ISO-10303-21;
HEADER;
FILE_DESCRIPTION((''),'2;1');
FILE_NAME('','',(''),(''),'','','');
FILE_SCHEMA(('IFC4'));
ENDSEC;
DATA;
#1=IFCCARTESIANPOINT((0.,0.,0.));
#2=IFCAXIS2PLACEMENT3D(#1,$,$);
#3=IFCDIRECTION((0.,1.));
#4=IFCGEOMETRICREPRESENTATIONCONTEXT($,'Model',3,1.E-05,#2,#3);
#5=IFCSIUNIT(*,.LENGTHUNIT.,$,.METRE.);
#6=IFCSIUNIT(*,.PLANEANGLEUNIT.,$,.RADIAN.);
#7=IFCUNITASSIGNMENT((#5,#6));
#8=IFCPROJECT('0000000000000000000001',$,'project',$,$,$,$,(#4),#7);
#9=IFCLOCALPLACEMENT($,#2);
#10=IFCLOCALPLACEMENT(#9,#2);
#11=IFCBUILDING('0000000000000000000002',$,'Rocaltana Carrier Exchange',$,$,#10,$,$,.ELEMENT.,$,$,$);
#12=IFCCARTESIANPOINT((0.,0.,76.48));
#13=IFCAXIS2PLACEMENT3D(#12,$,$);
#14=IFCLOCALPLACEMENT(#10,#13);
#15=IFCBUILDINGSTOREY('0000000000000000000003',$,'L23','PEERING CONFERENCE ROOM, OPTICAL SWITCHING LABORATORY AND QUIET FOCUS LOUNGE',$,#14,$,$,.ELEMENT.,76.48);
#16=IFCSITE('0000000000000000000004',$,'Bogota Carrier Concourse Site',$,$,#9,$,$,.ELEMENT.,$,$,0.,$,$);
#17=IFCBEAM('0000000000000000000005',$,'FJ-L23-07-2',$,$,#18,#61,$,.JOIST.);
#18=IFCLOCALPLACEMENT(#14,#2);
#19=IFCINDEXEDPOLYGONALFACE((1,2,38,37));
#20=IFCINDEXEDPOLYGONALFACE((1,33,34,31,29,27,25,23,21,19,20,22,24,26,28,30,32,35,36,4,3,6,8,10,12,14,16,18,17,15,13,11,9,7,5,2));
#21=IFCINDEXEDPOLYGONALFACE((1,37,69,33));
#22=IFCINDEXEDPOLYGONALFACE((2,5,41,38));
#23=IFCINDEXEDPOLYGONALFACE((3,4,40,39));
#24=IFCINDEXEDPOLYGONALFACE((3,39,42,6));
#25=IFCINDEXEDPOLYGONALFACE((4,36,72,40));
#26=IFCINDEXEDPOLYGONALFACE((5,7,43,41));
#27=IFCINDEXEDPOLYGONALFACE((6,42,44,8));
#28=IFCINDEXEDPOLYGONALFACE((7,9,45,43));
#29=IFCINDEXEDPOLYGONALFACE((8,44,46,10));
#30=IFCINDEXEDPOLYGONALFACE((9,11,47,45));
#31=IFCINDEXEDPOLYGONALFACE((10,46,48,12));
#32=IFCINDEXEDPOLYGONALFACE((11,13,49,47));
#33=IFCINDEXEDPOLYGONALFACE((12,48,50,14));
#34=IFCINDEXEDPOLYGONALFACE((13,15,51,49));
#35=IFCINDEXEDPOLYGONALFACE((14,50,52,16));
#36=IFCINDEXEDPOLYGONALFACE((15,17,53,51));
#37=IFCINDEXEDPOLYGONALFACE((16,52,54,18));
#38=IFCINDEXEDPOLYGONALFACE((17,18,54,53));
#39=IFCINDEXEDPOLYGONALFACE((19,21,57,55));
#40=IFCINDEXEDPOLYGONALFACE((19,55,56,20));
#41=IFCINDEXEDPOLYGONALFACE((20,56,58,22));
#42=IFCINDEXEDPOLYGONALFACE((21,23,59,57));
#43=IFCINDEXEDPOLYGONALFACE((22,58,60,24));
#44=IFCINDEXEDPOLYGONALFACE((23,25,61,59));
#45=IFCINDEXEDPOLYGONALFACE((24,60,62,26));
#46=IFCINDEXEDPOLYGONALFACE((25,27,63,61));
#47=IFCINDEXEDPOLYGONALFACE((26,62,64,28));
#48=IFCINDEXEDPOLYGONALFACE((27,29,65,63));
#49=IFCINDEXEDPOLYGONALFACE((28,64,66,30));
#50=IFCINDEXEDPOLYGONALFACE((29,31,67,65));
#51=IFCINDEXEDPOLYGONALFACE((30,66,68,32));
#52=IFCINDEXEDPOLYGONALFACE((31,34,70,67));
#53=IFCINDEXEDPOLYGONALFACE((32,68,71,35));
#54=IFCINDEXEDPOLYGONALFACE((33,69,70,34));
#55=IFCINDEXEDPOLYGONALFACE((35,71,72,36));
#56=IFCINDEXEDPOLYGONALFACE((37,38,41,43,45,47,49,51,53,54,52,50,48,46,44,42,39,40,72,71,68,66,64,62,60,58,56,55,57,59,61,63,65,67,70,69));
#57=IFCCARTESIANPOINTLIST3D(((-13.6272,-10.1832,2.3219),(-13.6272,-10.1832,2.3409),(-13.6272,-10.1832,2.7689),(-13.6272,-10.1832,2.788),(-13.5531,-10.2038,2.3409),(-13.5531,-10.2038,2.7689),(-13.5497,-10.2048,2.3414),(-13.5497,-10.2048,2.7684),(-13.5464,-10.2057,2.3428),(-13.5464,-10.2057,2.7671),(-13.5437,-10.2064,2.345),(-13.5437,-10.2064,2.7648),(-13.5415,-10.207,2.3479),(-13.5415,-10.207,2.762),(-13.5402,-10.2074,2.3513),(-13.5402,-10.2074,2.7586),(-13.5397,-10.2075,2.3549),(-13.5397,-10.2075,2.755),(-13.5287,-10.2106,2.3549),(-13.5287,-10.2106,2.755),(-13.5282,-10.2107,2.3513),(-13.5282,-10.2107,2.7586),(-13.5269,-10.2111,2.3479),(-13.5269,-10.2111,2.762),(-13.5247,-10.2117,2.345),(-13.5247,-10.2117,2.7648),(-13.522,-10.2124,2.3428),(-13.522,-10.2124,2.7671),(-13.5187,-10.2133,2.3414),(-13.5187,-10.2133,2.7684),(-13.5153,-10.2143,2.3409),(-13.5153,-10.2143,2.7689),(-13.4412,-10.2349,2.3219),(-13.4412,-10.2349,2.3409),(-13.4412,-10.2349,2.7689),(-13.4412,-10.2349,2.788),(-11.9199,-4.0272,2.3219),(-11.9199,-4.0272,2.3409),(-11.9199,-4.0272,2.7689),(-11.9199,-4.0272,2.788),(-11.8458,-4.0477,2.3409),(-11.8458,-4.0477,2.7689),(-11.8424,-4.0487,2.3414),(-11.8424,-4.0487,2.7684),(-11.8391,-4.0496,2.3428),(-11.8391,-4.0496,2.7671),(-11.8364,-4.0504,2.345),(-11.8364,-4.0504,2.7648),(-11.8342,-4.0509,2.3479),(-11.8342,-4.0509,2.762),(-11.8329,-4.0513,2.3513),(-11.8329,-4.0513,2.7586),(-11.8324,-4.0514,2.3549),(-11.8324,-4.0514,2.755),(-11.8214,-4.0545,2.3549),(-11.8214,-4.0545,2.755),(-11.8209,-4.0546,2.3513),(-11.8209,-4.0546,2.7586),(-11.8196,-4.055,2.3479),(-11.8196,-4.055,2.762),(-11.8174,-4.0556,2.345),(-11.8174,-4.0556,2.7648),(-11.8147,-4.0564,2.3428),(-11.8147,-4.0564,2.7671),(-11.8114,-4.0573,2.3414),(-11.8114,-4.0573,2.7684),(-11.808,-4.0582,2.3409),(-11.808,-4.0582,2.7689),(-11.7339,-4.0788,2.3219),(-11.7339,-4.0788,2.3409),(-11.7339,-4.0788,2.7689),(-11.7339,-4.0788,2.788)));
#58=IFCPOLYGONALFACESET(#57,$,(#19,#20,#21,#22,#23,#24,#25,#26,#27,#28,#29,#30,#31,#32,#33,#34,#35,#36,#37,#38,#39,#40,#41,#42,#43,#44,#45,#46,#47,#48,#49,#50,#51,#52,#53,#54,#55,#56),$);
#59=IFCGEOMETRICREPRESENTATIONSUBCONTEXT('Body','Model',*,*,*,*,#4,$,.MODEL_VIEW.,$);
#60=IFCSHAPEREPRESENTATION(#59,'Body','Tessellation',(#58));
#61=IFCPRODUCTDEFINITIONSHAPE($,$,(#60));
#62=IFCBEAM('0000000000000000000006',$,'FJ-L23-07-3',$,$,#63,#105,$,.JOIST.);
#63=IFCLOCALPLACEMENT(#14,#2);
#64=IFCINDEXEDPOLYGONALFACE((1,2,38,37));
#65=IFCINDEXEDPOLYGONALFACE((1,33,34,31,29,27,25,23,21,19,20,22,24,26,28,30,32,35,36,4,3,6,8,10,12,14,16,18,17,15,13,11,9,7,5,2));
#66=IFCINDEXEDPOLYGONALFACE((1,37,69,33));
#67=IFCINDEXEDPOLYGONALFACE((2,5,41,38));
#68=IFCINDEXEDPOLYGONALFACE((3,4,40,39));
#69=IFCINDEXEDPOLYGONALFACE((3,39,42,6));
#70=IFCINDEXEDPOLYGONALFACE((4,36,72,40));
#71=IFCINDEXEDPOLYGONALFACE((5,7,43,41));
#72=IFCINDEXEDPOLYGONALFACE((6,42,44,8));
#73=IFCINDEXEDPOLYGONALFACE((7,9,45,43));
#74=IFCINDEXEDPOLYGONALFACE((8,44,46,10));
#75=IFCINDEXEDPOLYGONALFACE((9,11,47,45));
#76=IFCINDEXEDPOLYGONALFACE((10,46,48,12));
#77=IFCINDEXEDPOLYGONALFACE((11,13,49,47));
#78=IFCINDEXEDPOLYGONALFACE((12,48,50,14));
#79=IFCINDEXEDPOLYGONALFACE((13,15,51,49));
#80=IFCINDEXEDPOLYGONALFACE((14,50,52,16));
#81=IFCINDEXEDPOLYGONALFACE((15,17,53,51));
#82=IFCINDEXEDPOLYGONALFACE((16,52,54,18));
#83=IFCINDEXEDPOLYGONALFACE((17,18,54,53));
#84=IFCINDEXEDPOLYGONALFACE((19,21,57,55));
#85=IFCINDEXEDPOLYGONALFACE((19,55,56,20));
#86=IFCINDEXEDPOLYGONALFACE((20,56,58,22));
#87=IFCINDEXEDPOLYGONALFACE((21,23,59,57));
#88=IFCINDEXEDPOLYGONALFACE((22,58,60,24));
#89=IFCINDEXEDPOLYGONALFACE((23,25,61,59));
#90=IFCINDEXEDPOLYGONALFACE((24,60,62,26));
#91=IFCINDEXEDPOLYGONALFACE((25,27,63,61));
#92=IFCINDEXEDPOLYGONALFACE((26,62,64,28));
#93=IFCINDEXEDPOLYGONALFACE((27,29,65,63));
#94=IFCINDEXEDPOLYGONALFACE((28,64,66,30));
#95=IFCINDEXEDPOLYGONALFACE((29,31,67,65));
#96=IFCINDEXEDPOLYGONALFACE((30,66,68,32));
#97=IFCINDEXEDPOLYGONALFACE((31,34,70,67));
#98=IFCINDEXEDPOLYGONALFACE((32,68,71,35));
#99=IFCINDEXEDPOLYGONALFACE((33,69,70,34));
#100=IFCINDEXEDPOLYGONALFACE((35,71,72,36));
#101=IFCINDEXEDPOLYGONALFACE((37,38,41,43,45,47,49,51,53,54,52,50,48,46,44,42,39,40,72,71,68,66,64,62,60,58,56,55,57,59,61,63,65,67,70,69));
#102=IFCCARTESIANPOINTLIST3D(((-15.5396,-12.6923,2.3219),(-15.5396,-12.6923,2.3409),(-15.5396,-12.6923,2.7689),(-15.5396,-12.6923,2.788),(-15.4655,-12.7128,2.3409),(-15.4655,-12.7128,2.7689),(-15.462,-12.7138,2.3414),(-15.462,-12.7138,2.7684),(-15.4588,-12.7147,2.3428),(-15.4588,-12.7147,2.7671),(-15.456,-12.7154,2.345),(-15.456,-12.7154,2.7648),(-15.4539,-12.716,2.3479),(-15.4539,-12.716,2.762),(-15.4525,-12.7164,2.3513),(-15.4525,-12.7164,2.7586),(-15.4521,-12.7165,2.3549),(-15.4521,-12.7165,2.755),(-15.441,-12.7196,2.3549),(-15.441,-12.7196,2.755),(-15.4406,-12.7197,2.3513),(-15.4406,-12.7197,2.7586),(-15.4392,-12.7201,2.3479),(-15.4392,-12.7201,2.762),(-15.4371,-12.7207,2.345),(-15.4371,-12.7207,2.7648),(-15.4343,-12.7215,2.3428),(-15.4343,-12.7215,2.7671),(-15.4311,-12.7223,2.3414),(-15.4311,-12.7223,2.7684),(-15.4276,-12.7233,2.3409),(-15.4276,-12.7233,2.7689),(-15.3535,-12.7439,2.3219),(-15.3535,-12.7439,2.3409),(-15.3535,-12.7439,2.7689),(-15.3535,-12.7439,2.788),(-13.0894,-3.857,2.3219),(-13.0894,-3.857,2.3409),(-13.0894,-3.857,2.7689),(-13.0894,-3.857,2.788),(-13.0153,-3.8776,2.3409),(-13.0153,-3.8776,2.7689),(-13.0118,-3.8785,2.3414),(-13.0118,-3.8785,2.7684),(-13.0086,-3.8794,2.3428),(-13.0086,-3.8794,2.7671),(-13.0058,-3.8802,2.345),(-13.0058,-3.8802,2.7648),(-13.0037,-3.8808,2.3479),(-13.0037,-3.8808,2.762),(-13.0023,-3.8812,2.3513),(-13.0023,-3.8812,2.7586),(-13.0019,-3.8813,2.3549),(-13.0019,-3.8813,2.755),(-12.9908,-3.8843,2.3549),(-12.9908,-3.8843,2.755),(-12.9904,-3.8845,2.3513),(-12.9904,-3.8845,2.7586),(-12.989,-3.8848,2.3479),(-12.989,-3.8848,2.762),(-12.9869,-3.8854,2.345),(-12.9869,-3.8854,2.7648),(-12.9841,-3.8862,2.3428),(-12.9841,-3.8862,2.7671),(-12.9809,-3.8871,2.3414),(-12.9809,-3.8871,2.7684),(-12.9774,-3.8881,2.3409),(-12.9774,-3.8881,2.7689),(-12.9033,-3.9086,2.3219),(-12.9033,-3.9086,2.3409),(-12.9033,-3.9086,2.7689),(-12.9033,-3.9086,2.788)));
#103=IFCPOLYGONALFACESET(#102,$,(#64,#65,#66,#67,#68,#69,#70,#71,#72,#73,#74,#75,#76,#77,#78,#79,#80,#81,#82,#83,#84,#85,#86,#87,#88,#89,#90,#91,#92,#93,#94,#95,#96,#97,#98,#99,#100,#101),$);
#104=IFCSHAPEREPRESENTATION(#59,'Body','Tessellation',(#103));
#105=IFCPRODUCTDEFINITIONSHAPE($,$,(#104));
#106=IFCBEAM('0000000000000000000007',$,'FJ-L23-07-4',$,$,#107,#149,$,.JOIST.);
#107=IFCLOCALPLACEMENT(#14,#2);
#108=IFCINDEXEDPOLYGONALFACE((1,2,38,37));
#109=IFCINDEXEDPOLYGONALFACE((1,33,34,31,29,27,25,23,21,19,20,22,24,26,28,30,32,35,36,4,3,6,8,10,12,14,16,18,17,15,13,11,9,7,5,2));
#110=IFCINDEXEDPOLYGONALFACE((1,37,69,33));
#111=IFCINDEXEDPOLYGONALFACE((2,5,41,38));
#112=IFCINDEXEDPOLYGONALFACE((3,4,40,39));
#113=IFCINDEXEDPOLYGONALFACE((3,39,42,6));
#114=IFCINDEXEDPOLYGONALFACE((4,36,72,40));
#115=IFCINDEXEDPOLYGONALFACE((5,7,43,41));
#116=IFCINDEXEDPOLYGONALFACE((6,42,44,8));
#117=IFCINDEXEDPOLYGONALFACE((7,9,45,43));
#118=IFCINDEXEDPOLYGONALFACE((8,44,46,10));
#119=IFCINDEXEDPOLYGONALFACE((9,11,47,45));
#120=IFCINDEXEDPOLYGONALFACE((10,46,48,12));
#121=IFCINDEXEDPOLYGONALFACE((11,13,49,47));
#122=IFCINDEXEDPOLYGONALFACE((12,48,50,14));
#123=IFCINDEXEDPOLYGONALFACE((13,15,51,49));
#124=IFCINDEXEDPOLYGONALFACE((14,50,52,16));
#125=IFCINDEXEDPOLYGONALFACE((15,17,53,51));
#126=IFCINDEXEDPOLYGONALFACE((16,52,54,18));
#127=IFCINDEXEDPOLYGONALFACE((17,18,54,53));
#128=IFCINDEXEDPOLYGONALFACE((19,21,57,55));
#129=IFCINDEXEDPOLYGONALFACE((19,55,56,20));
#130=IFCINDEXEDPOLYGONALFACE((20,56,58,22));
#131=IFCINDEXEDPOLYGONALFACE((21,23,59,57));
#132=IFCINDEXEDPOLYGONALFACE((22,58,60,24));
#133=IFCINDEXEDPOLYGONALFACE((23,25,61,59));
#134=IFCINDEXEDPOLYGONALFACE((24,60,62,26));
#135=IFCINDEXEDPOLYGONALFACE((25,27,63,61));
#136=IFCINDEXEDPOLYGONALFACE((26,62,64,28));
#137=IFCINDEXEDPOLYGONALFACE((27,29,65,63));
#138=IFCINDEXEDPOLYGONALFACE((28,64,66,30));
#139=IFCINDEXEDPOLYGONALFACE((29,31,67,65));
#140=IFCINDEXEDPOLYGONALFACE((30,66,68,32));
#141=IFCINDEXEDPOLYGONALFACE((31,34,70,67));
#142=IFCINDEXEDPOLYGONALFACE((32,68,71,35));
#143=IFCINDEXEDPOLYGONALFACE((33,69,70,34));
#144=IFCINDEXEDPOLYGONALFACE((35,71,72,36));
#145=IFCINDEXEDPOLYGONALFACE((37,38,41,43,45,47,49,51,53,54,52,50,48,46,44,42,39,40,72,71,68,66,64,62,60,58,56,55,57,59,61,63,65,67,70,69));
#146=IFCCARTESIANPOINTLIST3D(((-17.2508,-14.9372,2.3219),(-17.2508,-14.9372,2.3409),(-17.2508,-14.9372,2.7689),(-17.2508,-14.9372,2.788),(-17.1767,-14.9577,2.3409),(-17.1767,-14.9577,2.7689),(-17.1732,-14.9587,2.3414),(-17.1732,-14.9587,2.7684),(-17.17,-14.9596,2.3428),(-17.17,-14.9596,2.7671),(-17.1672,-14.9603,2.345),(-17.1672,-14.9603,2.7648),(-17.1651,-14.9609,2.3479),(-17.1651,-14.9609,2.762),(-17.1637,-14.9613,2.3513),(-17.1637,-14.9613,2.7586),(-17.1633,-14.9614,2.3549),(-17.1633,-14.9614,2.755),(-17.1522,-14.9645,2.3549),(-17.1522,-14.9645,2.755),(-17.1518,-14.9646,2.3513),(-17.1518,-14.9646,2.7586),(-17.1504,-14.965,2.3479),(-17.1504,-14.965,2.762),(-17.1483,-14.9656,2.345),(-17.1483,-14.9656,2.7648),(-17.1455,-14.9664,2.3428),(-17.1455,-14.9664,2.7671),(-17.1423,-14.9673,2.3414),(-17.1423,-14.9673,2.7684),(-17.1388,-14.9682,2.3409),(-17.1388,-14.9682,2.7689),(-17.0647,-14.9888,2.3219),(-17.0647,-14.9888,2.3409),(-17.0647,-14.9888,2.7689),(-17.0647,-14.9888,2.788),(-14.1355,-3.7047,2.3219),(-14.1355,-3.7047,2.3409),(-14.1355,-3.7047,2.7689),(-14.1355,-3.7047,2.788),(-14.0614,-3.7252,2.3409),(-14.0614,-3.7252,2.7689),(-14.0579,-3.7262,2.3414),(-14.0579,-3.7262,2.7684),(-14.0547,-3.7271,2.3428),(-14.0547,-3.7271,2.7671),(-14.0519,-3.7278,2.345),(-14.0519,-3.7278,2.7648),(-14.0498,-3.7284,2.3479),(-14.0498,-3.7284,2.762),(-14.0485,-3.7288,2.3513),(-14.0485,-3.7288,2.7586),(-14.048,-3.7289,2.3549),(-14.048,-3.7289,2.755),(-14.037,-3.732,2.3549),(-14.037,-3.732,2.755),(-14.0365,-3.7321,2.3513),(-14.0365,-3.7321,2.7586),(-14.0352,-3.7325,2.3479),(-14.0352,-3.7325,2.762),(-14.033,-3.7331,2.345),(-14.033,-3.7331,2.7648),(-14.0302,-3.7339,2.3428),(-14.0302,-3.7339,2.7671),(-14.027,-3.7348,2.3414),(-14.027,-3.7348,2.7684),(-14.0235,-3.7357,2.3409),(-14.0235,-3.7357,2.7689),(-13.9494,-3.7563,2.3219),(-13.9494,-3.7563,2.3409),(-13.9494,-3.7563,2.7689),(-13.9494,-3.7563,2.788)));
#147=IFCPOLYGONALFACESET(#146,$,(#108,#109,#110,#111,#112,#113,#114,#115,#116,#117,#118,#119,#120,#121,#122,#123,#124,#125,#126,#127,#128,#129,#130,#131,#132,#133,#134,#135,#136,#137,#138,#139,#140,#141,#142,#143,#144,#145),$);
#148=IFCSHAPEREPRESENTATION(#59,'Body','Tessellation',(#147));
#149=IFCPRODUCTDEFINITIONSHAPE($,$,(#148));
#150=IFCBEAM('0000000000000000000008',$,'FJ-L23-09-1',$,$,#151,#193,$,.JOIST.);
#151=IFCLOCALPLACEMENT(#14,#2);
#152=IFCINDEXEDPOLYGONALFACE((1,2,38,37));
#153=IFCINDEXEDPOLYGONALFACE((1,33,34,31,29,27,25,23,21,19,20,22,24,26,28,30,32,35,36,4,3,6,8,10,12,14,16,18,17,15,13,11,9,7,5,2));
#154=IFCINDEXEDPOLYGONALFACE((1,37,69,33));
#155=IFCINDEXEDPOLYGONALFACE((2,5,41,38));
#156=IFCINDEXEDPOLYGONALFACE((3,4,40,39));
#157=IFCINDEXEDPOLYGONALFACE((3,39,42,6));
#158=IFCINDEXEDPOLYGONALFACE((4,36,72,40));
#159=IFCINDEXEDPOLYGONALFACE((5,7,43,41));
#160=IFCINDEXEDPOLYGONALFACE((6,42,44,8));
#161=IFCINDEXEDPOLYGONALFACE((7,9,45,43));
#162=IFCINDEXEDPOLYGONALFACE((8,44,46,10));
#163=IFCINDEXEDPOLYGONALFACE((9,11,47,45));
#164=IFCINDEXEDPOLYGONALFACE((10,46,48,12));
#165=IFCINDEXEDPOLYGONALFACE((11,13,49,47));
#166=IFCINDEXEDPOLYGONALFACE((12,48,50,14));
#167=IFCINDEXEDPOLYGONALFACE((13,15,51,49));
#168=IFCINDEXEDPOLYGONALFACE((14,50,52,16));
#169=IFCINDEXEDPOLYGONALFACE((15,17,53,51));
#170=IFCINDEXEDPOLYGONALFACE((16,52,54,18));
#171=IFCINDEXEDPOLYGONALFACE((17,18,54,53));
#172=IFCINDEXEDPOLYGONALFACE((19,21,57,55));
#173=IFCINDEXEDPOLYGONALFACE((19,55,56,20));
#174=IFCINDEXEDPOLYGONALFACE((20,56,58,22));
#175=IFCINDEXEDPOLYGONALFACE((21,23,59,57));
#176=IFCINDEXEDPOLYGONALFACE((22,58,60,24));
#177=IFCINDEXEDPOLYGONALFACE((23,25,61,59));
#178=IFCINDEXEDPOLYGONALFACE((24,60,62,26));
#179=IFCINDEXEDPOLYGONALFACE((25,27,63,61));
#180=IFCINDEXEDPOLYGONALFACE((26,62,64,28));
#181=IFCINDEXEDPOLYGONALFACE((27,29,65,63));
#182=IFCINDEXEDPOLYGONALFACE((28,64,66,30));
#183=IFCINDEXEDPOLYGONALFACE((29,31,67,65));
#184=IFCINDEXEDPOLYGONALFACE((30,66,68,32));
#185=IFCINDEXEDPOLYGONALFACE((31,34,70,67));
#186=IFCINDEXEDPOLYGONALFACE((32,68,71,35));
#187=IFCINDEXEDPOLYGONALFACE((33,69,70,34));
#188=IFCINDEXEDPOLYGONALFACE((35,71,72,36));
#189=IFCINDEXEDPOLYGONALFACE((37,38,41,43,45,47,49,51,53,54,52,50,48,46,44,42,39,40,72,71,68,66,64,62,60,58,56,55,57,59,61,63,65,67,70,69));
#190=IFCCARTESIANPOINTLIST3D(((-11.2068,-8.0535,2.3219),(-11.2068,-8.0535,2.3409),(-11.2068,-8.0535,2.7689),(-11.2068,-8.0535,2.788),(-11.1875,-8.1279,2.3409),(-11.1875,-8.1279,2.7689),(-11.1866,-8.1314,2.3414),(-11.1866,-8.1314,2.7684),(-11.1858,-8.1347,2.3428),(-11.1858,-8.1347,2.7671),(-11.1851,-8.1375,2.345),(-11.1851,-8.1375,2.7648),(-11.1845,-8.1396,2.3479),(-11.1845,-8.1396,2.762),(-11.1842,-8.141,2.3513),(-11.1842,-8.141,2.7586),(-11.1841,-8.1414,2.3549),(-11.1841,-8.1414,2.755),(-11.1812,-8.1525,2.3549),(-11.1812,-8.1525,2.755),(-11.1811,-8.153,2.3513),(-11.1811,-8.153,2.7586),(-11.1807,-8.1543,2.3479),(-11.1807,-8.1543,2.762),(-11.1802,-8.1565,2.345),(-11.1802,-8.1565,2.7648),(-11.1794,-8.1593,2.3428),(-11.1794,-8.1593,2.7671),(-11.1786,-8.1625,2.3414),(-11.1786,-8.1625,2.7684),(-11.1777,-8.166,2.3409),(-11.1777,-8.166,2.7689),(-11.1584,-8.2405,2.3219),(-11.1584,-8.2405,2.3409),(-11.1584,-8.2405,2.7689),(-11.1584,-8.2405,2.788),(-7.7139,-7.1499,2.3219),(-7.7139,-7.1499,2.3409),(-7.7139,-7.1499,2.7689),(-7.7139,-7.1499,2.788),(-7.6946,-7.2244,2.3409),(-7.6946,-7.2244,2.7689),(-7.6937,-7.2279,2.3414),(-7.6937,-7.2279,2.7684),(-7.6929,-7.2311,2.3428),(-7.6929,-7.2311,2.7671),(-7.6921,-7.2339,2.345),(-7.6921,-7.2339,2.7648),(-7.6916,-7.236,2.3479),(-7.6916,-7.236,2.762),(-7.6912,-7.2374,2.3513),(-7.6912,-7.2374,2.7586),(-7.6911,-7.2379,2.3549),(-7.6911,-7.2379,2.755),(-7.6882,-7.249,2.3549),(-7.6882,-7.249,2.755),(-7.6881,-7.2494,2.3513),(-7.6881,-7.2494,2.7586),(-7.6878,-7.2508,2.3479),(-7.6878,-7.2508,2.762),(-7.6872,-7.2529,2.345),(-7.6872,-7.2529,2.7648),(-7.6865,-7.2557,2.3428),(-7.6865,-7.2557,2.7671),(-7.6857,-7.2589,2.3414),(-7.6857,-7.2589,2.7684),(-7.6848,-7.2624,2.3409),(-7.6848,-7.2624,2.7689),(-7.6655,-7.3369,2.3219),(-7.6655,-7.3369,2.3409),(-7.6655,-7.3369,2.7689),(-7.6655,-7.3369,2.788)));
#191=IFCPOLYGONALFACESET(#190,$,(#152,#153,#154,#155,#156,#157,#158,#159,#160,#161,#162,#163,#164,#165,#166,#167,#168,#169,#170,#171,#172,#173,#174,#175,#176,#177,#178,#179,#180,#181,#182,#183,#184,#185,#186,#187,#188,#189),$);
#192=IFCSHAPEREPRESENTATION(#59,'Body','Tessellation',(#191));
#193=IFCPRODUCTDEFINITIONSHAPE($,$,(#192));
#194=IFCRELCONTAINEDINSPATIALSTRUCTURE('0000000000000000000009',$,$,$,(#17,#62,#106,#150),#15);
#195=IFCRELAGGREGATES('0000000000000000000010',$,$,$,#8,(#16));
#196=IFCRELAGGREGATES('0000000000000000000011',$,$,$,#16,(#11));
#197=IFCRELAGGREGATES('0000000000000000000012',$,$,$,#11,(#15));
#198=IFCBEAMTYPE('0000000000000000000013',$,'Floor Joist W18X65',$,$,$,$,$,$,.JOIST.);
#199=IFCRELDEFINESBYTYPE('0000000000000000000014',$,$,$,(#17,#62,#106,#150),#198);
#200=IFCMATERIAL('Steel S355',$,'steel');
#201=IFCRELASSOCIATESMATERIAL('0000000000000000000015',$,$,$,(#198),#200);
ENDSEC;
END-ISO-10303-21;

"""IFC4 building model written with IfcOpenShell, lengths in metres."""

from ifc_helpers import new_model, si_unit, direction, frame, origin, origin_2d, place, context, subcontext, project, spatial, i_section, extrude, material, material_profile, profile_set, type_object, element, save


model = new_model("IFC4")

# Units and contexts
model_context = context("Model", 3, precision=1e-05, world=origin(), true_north=direction((0.0, 1.0)))
body_context = subcontext(model_context, "Body", "Model", "MODEL_VIEW")
ifc_project = project(units=[si_unit("LENGTHUNIT", "METRE"), si_unit("PLANEANGLEUNIT", "RADIAN")], contexts=[model_context])

# Site, building, storey
site_placement = place(None, origin())
site = spatial("IfcSite", under=ifc_project, at=site_placement, Name="Bogota Carrier Concourse Site", CompositionType="ELEMENT", RefElevation=0.0)
building_placement = place(site_placement, origin())
building = spatial("IfcBuilding", under=site, at=building_placement, Name="Rocaltana Carrier Exchange", CompositionType="ELEMENT")
storey_placement = place(building_placement, frame((0.0, 0.0, 76.48)))
storey = spatial("IfcBuildingStorey", under=building, at=storey_placement, Name="L23", Description="PEERING CONFERENCE ROOM, OPTICAL SWITCHING LABORATORY AND QUIET FOCUS LOUNGE", CompositionType="ELEMENT", Elevation=76.48)

# Beams
ifc_material_1 = material(Name="Steel S355", Category="steel")
ifc_material_profile_1 = material_profile(ifc_material_1, i_section(OverallWidth=0.1931, OverallDepth=0.4661, WebThickness=0.0115, FlangeThickness=0.019, FilletRadius=0.0139, at=origin_2d()), Name="W18X65")
ifc_profile_set_1 = profile_set([ifc_material_profile_1], Name="Steel S355")
beam_type_1 = type_object("IfcBeamType", Name="Floor Joist W18X65", PredefinedType="JOIST", material=ifc_profile_set_1)
beam_1_placement = place(storey_placement, frame((-11.8269, -4.053, 2.5549), z_axis=(-0.267248, -0.963628, 0.0), x_axis=(0.963628, -0.267248, 0.0)))
element("IfcBeam", 1, at=beam_1_placement, inside=storey, type_object=beam_type_1, Name="FJ-L23-07-2", PredefinedType="JOIST", context=body_context, shape_type="SweptSolid", body=[
    extrude(i_section(OverallWidth=0.1931, OverallDepth=0.4661, WebThickness=0.0115, FlangeThickness=0.019, FilletRadius=0.0139, at=origin_2d()), origin(), (0.0, 0.0, 1.0), 6.3884),
])
beam_2_placement = place(storey_placement, frame((-12.9963, -3.8828, 2.5549), z_axis=(-0.267236, -0.963631, 0.0), x_axis=(0.963631, -0.267236, 0.0)))
element("IfcBeam", 2, at=beam_2_placement, inside=storey, type_object=beam_type_1, Name="FJ-L23-07-3", PredefinedType="JOIST", context=body_context, shape_type="SweptSolid", body=[
    extrude(i_section(OverallWidth=0.1931, OverallDepth=0.4661, WebThickness=0.0115, FlangeThickness=0.019, FilletRadius=0.0139, at=origin_2d()), origin(), (0.0, 0.0, 1.0), 9.1687),
])
beam_3_placement = place(storey_placement, frame((-14.0425, -3.7305, 2.5549), z_axis=(-0.267255, -0.963626, 0.0), x_axis=(0.963626, -0.267255, 0.0)))
element("IfcBeam", 3, at=beam_3_placement, inside=storey, type_object=beam_type_1, Name="FJ-L23-07-4", PredefinedType="JOIST", context=body_context, shape_type="SweptSolid", body=[
    extrude(i_section(OverallWidth=0.1931, OverallDepth=0.4661, WebThickness=0.0115, FlangeThickness=0.019, FilletRadius=0.0139, at=origin_2d()), origin(), (0.0, 0.0, 1.0), 11.6565),
])
beam_4_placement = place(storey_placement, frame((-11.1826, -8.147, 2.5549), z_axis=(0.968132, 0.250441, 0.0), x_axis=(-0.250441, 0.968132, 0.0)))
element("IfcBeam", 4, at=beam_4_placement, inside=storey, type_object=beam_type_1, Name="FJ-L23-09-1", PredefinedType="JOIST", context=body_context, shape_type="SweptSolid", body=[
    extrude(i_section(OverallWidth=0.1931, OverallDepth=0.4661, WebThickness=0.0115, FlangeThickness=0.019, FilletRadius=0.0139, at=origin_2d()), origin(), (0.0, 0.0, 1.0), 3.6079),
])

save(model, "model.ifc")
